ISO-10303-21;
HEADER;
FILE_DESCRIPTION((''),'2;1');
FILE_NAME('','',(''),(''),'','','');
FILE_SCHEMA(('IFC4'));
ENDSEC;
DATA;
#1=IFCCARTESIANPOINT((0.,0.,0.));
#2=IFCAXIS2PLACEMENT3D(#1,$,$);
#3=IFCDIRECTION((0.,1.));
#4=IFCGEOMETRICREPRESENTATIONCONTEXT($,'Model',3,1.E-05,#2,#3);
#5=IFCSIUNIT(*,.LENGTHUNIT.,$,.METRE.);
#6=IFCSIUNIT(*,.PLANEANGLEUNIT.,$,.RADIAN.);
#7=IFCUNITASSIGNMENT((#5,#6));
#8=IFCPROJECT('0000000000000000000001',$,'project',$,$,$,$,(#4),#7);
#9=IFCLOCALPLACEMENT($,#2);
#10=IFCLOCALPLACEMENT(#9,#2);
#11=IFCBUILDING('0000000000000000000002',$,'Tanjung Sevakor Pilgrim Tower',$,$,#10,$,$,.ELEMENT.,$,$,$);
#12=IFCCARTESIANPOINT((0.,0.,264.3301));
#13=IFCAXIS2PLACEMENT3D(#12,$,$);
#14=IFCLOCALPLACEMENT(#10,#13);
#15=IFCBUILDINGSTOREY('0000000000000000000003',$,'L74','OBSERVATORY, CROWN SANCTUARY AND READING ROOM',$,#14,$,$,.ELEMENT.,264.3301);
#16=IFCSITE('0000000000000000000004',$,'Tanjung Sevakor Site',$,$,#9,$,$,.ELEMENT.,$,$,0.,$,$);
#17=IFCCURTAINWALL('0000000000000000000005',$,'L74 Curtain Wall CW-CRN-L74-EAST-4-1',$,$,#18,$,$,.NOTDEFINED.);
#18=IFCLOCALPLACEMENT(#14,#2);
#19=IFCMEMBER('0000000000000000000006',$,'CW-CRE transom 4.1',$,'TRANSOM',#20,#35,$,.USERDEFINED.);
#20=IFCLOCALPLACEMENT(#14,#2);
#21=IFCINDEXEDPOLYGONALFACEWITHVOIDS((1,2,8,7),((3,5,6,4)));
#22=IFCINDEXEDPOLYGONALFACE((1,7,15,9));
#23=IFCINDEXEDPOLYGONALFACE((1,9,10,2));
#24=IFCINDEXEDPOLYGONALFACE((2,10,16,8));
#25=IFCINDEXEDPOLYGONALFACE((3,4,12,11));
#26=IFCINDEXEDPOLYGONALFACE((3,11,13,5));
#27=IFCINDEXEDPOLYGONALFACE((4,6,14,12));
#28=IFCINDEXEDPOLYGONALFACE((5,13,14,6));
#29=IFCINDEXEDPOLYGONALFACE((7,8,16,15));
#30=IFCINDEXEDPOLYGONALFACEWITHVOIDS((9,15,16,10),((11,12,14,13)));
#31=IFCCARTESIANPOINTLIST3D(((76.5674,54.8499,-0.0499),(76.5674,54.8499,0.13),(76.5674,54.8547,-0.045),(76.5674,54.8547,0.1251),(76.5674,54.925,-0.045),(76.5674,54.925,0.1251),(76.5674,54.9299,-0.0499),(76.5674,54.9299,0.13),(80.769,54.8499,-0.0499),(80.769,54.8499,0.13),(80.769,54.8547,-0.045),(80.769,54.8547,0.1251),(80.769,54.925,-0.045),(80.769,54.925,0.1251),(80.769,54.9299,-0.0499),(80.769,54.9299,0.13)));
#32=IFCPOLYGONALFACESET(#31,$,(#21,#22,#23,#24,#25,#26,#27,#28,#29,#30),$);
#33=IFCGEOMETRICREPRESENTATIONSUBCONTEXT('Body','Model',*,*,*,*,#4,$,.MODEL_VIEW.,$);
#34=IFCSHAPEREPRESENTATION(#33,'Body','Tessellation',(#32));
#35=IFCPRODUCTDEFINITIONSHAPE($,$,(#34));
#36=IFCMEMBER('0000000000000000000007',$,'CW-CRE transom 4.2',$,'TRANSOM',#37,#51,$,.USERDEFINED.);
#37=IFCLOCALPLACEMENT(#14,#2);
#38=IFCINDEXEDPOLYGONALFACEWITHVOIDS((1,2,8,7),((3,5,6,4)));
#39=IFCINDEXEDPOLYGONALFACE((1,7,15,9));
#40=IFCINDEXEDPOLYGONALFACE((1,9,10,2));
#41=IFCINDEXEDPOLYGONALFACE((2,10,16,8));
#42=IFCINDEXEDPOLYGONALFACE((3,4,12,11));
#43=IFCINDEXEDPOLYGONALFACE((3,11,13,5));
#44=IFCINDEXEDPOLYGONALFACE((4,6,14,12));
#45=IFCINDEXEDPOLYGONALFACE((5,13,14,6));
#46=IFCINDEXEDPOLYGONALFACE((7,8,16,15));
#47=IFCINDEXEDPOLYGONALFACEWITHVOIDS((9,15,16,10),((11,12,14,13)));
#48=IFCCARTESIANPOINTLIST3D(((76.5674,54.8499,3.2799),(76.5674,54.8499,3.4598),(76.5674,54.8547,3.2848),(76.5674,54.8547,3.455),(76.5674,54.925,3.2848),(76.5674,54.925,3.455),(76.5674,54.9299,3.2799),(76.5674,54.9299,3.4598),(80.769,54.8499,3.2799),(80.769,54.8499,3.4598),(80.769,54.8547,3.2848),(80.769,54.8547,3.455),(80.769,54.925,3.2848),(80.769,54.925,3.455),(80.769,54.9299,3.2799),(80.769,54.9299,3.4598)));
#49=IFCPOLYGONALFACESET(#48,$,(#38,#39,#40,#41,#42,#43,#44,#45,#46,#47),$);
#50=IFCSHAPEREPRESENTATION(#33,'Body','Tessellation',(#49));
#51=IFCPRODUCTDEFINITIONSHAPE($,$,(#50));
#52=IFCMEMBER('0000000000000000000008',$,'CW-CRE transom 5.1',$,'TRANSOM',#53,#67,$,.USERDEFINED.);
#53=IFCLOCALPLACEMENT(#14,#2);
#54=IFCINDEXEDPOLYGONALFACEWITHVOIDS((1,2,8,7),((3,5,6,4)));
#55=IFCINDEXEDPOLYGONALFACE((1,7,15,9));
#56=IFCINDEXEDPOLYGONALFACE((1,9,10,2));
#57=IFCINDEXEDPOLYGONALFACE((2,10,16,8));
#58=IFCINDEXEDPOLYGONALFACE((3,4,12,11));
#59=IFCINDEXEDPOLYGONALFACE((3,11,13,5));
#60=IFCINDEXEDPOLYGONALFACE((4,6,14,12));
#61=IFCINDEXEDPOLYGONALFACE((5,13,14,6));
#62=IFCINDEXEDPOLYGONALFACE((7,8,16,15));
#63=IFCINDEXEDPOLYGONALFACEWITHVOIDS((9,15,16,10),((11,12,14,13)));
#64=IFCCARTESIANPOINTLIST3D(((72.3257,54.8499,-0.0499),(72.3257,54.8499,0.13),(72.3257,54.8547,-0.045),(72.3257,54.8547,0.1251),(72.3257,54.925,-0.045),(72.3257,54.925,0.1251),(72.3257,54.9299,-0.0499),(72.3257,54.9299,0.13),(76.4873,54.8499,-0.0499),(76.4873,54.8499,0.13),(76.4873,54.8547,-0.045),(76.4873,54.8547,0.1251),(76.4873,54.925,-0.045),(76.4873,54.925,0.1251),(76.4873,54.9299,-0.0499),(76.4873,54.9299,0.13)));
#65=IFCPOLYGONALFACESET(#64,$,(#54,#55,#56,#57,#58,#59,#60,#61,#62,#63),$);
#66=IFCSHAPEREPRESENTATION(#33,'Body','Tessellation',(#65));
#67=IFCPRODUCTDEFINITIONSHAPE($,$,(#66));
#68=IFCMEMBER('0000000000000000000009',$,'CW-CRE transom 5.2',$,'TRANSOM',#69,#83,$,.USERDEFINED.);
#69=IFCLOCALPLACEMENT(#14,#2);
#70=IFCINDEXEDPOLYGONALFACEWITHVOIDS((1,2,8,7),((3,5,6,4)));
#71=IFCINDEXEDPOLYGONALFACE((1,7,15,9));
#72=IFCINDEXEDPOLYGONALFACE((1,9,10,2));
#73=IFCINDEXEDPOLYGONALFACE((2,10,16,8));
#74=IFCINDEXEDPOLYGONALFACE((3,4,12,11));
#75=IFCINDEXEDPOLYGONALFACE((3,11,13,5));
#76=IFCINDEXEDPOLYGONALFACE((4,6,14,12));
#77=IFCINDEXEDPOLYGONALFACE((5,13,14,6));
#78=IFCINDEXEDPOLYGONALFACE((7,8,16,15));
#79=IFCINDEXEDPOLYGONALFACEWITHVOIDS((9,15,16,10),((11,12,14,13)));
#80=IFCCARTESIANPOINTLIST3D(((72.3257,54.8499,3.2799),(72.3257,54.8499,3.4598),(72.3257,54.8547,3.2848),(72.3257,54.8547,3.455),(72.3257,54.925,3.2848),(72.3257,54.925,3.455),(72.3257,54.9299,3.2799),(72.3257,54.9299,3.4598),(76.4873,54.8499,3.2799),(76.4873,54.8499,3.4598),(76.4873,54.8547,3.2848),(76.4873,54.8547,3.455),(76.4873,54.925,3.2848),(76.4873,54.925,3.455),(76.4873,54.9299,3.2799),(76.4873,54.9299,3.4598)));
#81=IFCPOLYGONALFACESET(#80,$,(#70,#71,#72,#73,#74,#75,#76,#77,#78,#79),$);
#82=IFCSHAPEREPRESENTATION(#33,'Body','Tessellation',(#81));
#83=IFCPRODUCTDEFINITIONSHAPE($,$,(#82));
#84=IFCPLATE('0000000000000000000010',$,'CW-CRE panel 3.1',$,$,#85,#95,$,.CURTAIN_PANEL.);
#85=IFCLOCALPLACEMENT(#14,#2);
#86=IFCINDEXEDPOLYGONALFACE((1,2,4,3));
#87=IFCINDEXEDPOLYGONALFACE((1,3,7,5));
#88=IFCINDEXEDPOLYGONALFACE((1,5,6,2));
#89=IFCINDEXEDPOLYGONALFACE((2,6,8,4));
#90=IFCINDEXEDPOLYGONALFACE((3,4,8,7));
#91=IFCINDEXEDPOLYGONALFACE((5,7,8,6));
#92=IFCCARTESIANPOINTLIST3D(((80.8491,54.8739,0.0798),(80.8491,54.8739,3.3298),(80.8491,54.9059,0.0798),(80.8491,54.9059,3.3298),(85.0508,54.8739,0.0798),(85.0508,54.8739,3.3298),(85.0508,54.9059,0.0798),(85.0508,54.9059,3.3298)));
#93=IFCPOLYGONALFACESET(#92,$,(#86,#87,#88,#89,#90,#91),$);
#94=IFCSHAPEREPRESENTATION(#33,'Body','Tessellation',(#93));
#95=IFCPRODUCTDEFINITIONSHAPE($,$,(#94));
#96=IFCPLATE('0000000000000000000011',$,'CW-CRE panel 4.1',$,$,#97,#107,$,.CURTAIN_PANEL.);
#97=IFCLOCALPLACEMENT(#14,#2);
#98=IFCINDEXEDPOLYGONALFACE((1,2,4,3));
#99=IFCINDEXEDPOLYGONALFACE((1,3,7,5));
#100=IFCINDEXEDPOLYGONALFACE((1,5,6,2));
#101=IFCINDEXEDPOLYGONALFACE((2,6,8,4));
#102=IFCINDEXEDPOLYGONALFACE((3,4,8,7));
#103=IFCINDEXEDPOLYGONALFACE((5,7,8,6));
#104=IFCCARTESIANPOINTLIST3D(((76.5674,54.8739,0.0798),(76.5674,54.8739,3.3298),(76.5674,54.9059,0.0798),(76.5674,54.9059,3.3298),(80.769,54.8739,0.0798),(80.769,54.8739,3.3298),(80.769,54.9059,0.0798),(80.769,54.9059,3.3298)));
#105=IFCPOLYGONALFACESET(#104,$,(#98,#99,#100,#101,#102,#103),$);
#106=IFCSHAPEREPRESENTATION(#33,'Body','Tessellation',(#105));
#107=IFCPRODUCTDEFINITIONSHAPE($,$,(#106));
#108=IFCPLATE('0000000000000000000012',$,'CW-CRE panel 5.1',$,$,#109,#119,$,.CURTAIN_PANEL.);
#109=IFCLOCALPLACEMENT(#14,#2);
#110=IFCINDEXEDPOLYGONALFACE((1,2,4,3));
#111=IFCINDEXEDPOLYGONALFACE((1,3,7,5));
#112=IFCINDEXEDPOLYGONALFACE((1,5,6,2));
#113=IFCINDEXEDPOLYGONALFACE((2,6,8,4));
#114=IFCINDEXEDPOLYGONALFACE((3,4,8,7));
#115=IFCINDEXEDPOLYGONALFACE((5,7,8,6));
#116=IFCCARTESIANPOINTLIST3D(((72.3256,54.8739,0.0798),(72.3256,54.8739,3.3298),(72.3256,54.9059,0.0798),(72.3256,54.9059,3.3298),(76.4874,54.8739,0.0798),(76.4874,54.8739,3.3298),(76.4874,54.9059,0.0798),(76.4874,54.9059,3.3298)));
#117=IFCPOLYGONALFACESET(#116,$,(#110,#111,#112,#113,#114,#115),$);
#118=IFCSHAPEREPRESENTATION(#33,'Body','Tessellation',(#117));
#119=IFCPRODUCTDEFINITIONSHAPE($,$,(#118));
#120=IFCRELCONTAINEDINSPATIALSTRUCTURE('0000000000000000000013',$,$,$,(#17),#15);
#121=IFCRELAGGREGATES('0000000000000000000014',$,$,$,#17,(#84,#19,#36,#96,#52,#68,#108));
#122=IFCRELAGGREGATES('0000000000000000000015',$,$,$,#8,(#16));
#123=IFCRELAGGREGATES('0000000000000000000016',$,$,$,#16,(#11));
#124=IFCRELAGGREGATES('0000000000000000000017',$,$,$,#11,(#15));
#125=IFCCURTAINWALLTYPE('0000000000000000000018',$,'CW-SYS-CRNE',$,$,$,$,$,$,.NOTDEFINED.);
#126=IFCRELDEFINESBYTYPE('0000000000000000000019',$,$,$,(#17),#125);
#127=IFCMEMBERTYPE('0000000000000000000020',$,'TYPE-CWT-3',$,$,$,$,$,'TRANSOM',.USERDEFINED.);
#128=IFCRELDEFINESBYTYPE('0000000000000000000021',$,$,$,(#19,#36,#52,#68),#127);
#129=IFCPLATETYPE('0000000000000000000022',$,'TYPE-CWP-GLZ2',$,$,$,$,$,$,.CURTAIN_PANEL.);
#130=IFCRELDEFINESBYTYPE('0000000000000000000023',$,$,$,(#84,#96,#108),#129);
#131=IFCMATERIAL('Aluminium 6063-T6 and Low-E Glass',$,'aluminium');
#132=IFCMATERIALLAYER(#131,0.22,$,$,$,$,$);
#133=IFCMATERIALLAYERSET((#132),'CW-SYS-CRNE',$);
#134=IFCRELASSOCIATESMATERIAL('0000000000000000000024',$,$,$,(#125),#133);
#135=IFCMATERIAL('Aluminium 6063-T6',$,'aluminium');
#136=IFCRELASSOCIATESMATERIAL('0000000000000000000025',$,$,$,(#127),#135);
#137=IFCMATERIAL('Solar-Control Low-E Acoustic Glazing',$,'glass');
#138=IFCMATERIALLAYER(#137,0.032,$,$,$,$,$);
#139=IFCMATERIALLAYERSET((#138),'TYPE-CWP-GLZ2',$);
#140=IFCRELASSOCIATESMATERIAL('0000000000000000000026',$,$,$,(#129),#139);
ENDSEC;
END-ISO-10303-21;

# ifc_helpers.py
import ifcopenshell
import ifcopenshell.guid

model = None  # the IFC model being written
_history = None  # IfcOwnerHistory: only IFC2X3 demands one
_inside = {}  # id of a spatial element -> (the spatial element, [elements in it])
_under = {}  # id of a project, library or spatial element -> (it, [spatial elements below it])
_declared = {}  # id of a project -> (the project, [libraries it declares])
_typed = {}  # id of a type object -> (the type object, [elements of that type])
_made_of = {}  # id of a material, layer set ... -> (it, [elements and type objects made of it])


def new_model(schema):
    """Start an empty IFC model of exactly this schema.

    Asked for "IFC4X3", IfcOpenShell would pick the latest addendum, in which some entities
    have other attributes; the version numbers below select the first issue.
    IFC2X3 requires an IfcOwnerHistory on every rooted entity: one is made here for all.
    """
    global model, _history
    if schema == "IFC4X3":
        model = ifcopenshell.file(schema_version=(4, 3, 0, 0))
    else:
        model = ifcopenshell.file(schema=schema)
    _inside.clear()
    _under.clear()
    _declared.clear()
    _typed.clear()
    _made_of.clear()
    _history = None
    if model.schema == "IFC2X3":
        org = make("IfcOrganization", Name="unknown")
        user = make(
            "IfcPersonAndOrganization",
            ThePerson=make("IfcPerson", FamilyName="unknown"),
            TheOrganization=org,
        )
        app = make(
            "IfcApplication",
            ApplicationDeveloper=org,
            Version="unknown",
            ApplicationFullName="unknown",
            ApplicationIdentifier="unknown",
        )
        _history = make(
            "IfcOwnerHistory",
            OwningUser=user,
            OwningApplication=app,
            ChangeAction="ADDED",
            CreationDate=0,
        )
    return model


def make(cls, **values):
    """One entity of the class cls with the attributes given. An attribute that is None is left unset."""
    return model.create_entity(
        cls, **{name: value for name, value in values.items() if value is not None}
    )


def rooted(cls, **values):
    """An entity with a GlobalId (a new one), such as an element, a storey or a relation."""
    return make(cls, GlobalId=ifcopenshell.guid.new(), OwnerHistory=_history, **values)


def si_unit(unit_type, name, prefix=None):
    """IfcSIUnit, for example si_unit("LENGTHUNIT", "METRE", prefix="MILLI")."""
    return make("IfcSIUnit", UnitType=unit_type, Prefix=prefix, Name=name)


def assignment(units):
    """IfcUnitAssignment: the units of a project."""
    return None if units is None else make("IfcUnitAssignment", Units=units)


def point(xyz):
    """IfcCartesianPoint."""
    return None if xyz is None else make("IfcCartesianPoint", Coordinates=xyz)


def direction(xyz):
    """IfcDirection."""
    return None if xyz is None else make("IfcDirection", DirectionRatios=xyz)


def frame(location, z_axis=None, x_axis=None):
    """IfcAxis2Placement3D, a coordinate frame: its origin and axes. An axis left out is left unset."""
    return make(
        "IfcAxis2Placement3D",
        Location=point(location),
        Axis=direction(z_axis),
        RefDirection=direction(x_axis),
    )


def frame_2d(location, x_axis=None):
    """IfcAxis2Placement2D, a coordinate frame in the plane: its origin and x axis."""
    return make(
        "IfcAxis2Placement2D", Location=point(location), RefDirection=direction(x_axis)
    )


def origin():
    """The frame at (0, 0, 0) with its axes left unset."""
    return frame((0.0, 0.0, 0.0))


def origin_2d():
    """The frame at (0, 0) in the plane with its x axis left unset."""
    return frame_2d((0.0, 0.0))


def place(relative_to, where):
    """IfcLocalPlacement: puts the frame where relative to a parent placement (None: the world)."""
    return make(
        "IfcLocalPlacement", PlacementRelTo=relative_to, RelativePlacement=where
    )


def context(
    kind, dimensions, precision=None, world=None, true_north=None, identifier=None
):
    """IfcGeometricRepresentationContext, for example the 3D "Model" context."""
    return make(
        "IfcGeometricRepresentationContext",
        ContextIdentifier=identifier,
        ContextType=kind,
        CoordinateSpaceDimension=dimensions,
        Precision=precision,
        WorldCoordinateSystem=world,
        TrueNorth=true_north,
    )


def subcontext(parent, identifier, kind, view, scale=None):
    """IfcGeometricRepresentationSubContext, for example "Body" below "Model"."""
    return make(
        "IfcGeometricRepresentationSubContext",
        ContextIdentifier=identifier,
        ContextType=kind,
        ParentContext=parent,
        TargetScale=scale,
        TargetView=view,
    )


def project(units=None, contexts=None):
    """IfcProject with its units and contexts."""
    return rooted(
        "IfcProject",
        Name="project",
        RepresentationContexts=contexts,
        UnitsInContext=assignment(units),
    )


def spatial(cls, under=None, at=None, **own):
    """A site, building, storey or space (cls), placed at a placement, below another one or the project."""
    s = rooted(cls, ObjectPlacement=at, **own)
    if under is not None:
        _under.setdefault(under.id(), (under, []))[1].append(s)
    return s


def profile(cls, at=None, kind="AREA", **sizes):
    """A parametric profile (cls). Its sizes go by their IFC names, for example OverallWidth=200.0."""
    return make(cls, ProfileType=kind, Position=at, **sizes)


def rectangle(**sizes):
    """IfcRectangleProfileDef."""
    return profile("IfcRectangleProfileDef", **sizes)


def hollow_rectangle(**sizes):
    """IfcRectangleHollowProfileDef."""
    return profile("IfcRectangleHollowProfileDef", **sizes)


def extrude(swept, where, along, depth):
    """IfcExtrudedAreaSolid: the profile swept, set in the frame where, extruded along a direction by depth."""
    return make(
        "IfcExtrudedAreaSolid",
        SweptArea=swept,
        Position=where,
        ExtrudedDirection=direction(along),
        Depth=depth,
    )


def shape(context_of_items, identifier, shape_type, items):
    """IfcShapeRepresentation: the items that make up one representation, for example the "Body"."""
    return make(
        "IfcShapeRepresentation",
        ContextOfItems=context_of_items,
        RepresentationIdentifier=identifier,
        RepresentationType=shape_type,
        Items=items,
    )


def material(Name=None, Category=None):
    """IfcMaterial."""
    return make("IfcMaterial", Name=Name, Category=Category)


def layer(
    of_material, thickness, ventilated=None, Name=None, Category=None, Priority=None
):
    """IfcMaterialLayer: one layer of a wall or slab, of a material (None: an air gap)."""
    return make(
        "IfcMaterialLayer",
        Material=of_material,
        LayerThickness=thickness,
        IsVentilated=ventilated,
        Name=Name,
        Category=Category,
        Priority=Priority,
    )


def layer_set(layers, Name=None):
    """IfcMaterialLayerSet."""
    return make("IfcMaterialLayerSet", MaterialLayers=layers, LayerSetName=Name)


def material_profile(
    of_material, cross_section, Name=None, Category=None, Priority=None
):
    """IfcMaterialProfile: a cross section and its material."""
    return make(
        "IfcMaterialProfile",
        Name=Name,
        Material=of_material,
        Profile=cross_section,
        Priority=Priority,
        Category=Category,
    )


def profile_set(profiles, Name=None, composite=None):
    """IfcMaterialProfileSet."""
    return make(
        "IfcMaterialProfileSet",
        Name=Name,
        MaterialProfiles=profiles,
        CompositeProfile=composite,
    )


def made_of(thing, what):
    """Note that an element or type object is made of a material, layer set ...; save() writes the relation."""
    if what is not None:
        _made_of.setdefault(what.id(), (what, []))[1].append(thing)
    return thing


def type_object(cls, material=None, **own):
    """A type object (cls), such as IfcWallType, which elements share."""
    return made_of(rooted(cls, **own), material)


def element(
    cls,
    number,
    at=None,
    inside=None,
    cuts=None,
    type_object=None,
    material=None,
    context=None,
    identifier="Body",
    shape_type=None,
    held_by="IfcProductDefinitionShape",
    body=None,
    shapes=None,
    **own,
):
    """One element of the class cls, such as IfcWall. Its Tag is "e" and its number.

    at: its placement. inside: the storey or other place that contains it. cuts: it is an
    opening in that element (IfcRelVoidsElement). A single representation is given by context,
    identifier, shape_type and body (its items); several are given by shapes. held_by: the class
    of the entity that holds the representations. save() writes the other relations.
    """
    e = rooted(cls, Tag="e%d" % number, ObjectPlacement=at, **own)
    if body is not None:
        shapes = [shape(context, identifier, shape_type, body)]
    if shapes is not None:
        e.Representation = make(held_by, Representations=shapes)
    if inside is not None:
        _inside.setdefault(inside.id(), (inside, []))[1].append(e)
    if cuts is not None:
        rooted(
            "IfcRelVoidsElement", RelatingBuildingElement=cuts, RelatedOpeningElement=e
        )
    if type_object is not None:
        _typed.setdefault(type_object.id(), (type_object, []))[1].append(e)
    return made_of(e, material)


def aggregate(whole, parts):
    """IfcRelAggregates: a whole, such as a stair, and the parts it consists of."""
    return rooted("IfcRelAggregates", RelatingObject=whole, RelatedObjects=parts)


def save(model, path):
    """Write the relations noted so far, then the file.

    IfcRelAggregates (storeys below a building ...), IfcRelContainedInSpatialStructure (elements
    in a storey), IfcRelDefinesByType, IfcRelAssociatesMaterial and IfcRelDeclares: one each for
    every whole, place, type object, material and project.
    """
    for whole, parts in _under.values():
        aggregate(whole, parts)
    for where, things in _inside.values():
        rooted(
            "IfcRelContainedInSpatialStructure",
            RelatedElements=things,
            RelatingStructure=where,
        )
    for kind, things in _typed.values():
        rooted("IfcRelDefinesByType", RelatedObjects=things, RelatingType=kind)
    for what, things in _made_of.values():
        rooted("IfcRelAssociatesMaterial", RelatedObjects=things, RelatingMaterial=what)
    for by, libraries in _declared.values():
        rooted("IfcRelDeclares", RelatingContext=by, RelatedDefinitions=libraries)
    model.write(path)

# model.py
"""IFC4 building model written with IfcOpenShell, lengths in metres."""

from ifc_helpers import new_model, si_unit, direction, frame, origin, origin_2d, place, context, subcontext, project, spatial, rectangle, hollow_rectangle, extrude, material, layer, layer_set, material_profile, profile_set, type_object, element, aggregate, save


model = new_model("IFC4")

# Units and contexts
model_context = context("Model", 3, precision=1e-05, world=origin(), true_north=direction((0.0, 1.0)))
body_context = subcontext(model_context, "Body", "Model", "MODEL_VIEW")
ifc_project = project(units=[si_unit("LENGTHUNIT", "METRE"), si_unit("PLANEANGLEUNIT", "RADIAN")], contexts=[model_context])

# Site, building, storey
site_placement = place(None, origin())
site = spatial("IfcSite", under=ifc_project, at=site_placement, Name="Tanjung Sevakor Site", CompositionType="ELEMENT", RefElevation=0.0)
building_placement = place(site_placement, origin())
building = spatial("IfcBuilding", under=site, at=building_placement, Name="Tanjung Sevakor Pilgrim Tower", CompositionType="ELEMENT")
storey_placement = place(building_placement, frame((0.0, 0.0, 264.3301)))
storey = spatial("IfcBuildingStorey", under=building, at=storey_placement, Name="L74", Description="OBSERVATORY, CROWN SANCTUARY AND READING ROOM", CompositionType="ELEMENT", Elevation=264.3301)

# Curtain wall, members, plates
ifc_material_1 = material(Name="Aluminium 6063-T6 and Low-E Glass", Category="aluminium")
ifc_layer_1 = layer(ifc_material_1, 0.22)
ifc_layer_set_1 = layer_set([ifc_layer_1], Name="CW-SYS-CRNE")
curtain_wall_type = type_object("IfcCurtainWallType", Name="CW-SYS-CRNE", PredefinedType="NOTDEFINED", material=ifc_layer_set_1)
curtain_wall_placement = place(storey_placement, origin())
curtain_wall = element("IfcCurtainWall", 1, at=curtain_wall_placement, inside=storey, type_object=curtain_wall_type, Name="L74 Curtain Wall CW-CRN-L74-EAST-4-1", PredefinedType="NOTDEFINED")
ifc_material_2 = material(Name="Aluminium 6063-T6", Category="aluminium")
ifc_material_profile_1 = material_profile(ifc_material_2, hollow_rectangle(XDim=0.0801, YDim=0.1799, WallThickness=0.0049, at=origin_2d()))
ifc_profile_set_1 = profile_set([ifc_material_profile_1], Name="Aluminium 6063-T6")
member_type_1 = type_object("IfcMemberType", Name="TYPE-CWT-3", ElementType="TRANSOM", PredefinedType="USERDEFINED", material=ifc_profile_set_1)
member_1_placement = place(storey_placement, frame((80.769, 54.8899, 0.04), z_axis=(-1.0, 0.0, 0.0), x_axis=(0.0, -1.0, 0.0)))
member_1 = element("IfcMember", 2, at=member_1_placement, type_object=member_type_1, Name="CW-CRE transom 4.1", ObjectType="TRANSOM", PredefinedType="USERDEFINED", context=body_context, shape_type="SweptSolid", body=[
    extrude(hollow_rectangle(XDim=0.0801, YDim=0.1799, WallThickness=0.0049, at=origin_2d()), origin(), (0.0, 0.0, 1.0), 4.2017),
])
member_2_placement = place(storey_placement, frame((80.769, 54.8899, 3.3699), z_axis=(-1.0, 0.0, 0.0), x_axis=(0.0, -1.0, 0.0)))
member_2 = element("IfcMember", 3, at=member_2_placement, type_object=member_type_1, Name="CW-CRE transom 4.2", ObjectType="TRANSOM", PredefinedType="USERDEFINED", context=body_context, shape_type="SweptSolid", body=[
    extrude(hollow_rectangle(XDim=0.0801, YDim=0.1799, WallThickness=0.0049, at=origin_2d()), origin(), (0.0, 0.0, 1.0), 4.2017),
])
member_3_placement = place(storey_placement, frame((76.4873, 54.8899, 0.04), z_axis=(-1.0, 0.0, 0.0), x_axis=(0.0, -1.0, 0.0)))
member_3 = element("IfcMember", 4, at=member_3_placement, type_object=member_type_1, Name="CW-CRE transom 5.1", ObjectType="TRANSOM", PredefinedType="USERDEFINED", context=body_context, shape_type="SweptSolid", body=[
    extrude(hollow_rectangle(XDim=0.0801, YDim=0.1799, WallThickness=0.0049, at=origin_2d()), origin(), (0.0, 0.0, 1.0), 4.1616),
])
member_4_placement = place(storey_placement, frame((76.4873, 54.8899, 3.3699), z_axis=(-1.0, 0.0, 0.0), x_axis=(0.0, -1.0, 0.0)))
member_4 = element("IfcMember", 5, at=member_4_placement, type_object=member_type_1, Name="CW-CRE transom 5.2", ObjectType="TRANSOM", PredefinedType="USERDEFINED", context=body_context, shape_type="SweptSolid", body=[
    extrude(hollow_rectangle(XDim=0.0801, YDim=0.1799, WallThickness=0.0049, at=origin_2d()), origin(), (0.0, 0.0, 1.0), 4.1616),
])
ifc_material_3 = material(Name="Solar-Control Low-E Acoustic Glazing", Category="glass")
ifc_layer_2 = layer(ifc_material_3, 0.032)
ifc_layer_set_2 = layer_set([ifc_layer_2], Name="TYPE-CWP-GLZ2")
plate_type = type_object("IfcPlateType", Name="TYPE-CWP-GLZ2", PredefinedType="CURTAIN_PANEL", material=ifc_layer_set_2)
plate_1_placement = place(storey_placement, frame((82.95, 54.8899, 0.0798), z_axis=(0.0, 0.0, 1.0), x_axis=(-1.0, 0.0, 0.0)))
plate_1 = element("IfcPlate", 6, at=plate_1_placement, type_object=plate_type, Name="CW-CRE panel 3.1", PredefinedType="CURTAIN_PANEL", context=body_context, shape_type="SweptSolid", body=[
    extrude(rectangle(XDim=4.2017, YDim=0.032, at=origin_2d()), origin(), (0.0, 0.0, 1.0), 3.25),
])
plate_2_placement = place(storey_placement, frame((78.6682, 54.8899, 0.0798), z_axis=(0.0, 0.0, 1.0), x_axis=(-1.0, 0.0, 0.0)))
plate_2 = element("IfcPlate", 7, at=plate_2_placement, type_object=plate_type, Name="CW-CRE panel 4.1", PredefinedType="CURTAIN_PANEL", context=body_context, shape_type="SweptSolid", body=[
    extrude(rectangle(XDim=4.2017, YDim=0.032, at=origin_2d()), origin(), (0.0, 0.0, 1.0), 3.25),
])
plate_3_placement = place(storey_placement, frame((74.4065, 54.8899, 0.0798), z_axis=(0.0, 0.0, 1.0), x_axis=(-1.0, 0.0, 0.0)))
plate_3 = element("IfcPlate", 8, at=plate_3_placement, type_object=plate_type, Name="CW-CRE panel 5.1", PredefinedType="CURTAIN_PANEL", context=body_context, shape_type="SweptSolid", body=[
    extrude(rectangle(XDim=4.1619, YDim=0.032, at=origin_2d()), origin(), (0.0, 0.0, 1.0), 3.25),
])
aggregate(curtain_wall, [plate_1, member_1, member_2, plate_2, member_3, member_4, plate_3])

save(model, "model.ifc")
